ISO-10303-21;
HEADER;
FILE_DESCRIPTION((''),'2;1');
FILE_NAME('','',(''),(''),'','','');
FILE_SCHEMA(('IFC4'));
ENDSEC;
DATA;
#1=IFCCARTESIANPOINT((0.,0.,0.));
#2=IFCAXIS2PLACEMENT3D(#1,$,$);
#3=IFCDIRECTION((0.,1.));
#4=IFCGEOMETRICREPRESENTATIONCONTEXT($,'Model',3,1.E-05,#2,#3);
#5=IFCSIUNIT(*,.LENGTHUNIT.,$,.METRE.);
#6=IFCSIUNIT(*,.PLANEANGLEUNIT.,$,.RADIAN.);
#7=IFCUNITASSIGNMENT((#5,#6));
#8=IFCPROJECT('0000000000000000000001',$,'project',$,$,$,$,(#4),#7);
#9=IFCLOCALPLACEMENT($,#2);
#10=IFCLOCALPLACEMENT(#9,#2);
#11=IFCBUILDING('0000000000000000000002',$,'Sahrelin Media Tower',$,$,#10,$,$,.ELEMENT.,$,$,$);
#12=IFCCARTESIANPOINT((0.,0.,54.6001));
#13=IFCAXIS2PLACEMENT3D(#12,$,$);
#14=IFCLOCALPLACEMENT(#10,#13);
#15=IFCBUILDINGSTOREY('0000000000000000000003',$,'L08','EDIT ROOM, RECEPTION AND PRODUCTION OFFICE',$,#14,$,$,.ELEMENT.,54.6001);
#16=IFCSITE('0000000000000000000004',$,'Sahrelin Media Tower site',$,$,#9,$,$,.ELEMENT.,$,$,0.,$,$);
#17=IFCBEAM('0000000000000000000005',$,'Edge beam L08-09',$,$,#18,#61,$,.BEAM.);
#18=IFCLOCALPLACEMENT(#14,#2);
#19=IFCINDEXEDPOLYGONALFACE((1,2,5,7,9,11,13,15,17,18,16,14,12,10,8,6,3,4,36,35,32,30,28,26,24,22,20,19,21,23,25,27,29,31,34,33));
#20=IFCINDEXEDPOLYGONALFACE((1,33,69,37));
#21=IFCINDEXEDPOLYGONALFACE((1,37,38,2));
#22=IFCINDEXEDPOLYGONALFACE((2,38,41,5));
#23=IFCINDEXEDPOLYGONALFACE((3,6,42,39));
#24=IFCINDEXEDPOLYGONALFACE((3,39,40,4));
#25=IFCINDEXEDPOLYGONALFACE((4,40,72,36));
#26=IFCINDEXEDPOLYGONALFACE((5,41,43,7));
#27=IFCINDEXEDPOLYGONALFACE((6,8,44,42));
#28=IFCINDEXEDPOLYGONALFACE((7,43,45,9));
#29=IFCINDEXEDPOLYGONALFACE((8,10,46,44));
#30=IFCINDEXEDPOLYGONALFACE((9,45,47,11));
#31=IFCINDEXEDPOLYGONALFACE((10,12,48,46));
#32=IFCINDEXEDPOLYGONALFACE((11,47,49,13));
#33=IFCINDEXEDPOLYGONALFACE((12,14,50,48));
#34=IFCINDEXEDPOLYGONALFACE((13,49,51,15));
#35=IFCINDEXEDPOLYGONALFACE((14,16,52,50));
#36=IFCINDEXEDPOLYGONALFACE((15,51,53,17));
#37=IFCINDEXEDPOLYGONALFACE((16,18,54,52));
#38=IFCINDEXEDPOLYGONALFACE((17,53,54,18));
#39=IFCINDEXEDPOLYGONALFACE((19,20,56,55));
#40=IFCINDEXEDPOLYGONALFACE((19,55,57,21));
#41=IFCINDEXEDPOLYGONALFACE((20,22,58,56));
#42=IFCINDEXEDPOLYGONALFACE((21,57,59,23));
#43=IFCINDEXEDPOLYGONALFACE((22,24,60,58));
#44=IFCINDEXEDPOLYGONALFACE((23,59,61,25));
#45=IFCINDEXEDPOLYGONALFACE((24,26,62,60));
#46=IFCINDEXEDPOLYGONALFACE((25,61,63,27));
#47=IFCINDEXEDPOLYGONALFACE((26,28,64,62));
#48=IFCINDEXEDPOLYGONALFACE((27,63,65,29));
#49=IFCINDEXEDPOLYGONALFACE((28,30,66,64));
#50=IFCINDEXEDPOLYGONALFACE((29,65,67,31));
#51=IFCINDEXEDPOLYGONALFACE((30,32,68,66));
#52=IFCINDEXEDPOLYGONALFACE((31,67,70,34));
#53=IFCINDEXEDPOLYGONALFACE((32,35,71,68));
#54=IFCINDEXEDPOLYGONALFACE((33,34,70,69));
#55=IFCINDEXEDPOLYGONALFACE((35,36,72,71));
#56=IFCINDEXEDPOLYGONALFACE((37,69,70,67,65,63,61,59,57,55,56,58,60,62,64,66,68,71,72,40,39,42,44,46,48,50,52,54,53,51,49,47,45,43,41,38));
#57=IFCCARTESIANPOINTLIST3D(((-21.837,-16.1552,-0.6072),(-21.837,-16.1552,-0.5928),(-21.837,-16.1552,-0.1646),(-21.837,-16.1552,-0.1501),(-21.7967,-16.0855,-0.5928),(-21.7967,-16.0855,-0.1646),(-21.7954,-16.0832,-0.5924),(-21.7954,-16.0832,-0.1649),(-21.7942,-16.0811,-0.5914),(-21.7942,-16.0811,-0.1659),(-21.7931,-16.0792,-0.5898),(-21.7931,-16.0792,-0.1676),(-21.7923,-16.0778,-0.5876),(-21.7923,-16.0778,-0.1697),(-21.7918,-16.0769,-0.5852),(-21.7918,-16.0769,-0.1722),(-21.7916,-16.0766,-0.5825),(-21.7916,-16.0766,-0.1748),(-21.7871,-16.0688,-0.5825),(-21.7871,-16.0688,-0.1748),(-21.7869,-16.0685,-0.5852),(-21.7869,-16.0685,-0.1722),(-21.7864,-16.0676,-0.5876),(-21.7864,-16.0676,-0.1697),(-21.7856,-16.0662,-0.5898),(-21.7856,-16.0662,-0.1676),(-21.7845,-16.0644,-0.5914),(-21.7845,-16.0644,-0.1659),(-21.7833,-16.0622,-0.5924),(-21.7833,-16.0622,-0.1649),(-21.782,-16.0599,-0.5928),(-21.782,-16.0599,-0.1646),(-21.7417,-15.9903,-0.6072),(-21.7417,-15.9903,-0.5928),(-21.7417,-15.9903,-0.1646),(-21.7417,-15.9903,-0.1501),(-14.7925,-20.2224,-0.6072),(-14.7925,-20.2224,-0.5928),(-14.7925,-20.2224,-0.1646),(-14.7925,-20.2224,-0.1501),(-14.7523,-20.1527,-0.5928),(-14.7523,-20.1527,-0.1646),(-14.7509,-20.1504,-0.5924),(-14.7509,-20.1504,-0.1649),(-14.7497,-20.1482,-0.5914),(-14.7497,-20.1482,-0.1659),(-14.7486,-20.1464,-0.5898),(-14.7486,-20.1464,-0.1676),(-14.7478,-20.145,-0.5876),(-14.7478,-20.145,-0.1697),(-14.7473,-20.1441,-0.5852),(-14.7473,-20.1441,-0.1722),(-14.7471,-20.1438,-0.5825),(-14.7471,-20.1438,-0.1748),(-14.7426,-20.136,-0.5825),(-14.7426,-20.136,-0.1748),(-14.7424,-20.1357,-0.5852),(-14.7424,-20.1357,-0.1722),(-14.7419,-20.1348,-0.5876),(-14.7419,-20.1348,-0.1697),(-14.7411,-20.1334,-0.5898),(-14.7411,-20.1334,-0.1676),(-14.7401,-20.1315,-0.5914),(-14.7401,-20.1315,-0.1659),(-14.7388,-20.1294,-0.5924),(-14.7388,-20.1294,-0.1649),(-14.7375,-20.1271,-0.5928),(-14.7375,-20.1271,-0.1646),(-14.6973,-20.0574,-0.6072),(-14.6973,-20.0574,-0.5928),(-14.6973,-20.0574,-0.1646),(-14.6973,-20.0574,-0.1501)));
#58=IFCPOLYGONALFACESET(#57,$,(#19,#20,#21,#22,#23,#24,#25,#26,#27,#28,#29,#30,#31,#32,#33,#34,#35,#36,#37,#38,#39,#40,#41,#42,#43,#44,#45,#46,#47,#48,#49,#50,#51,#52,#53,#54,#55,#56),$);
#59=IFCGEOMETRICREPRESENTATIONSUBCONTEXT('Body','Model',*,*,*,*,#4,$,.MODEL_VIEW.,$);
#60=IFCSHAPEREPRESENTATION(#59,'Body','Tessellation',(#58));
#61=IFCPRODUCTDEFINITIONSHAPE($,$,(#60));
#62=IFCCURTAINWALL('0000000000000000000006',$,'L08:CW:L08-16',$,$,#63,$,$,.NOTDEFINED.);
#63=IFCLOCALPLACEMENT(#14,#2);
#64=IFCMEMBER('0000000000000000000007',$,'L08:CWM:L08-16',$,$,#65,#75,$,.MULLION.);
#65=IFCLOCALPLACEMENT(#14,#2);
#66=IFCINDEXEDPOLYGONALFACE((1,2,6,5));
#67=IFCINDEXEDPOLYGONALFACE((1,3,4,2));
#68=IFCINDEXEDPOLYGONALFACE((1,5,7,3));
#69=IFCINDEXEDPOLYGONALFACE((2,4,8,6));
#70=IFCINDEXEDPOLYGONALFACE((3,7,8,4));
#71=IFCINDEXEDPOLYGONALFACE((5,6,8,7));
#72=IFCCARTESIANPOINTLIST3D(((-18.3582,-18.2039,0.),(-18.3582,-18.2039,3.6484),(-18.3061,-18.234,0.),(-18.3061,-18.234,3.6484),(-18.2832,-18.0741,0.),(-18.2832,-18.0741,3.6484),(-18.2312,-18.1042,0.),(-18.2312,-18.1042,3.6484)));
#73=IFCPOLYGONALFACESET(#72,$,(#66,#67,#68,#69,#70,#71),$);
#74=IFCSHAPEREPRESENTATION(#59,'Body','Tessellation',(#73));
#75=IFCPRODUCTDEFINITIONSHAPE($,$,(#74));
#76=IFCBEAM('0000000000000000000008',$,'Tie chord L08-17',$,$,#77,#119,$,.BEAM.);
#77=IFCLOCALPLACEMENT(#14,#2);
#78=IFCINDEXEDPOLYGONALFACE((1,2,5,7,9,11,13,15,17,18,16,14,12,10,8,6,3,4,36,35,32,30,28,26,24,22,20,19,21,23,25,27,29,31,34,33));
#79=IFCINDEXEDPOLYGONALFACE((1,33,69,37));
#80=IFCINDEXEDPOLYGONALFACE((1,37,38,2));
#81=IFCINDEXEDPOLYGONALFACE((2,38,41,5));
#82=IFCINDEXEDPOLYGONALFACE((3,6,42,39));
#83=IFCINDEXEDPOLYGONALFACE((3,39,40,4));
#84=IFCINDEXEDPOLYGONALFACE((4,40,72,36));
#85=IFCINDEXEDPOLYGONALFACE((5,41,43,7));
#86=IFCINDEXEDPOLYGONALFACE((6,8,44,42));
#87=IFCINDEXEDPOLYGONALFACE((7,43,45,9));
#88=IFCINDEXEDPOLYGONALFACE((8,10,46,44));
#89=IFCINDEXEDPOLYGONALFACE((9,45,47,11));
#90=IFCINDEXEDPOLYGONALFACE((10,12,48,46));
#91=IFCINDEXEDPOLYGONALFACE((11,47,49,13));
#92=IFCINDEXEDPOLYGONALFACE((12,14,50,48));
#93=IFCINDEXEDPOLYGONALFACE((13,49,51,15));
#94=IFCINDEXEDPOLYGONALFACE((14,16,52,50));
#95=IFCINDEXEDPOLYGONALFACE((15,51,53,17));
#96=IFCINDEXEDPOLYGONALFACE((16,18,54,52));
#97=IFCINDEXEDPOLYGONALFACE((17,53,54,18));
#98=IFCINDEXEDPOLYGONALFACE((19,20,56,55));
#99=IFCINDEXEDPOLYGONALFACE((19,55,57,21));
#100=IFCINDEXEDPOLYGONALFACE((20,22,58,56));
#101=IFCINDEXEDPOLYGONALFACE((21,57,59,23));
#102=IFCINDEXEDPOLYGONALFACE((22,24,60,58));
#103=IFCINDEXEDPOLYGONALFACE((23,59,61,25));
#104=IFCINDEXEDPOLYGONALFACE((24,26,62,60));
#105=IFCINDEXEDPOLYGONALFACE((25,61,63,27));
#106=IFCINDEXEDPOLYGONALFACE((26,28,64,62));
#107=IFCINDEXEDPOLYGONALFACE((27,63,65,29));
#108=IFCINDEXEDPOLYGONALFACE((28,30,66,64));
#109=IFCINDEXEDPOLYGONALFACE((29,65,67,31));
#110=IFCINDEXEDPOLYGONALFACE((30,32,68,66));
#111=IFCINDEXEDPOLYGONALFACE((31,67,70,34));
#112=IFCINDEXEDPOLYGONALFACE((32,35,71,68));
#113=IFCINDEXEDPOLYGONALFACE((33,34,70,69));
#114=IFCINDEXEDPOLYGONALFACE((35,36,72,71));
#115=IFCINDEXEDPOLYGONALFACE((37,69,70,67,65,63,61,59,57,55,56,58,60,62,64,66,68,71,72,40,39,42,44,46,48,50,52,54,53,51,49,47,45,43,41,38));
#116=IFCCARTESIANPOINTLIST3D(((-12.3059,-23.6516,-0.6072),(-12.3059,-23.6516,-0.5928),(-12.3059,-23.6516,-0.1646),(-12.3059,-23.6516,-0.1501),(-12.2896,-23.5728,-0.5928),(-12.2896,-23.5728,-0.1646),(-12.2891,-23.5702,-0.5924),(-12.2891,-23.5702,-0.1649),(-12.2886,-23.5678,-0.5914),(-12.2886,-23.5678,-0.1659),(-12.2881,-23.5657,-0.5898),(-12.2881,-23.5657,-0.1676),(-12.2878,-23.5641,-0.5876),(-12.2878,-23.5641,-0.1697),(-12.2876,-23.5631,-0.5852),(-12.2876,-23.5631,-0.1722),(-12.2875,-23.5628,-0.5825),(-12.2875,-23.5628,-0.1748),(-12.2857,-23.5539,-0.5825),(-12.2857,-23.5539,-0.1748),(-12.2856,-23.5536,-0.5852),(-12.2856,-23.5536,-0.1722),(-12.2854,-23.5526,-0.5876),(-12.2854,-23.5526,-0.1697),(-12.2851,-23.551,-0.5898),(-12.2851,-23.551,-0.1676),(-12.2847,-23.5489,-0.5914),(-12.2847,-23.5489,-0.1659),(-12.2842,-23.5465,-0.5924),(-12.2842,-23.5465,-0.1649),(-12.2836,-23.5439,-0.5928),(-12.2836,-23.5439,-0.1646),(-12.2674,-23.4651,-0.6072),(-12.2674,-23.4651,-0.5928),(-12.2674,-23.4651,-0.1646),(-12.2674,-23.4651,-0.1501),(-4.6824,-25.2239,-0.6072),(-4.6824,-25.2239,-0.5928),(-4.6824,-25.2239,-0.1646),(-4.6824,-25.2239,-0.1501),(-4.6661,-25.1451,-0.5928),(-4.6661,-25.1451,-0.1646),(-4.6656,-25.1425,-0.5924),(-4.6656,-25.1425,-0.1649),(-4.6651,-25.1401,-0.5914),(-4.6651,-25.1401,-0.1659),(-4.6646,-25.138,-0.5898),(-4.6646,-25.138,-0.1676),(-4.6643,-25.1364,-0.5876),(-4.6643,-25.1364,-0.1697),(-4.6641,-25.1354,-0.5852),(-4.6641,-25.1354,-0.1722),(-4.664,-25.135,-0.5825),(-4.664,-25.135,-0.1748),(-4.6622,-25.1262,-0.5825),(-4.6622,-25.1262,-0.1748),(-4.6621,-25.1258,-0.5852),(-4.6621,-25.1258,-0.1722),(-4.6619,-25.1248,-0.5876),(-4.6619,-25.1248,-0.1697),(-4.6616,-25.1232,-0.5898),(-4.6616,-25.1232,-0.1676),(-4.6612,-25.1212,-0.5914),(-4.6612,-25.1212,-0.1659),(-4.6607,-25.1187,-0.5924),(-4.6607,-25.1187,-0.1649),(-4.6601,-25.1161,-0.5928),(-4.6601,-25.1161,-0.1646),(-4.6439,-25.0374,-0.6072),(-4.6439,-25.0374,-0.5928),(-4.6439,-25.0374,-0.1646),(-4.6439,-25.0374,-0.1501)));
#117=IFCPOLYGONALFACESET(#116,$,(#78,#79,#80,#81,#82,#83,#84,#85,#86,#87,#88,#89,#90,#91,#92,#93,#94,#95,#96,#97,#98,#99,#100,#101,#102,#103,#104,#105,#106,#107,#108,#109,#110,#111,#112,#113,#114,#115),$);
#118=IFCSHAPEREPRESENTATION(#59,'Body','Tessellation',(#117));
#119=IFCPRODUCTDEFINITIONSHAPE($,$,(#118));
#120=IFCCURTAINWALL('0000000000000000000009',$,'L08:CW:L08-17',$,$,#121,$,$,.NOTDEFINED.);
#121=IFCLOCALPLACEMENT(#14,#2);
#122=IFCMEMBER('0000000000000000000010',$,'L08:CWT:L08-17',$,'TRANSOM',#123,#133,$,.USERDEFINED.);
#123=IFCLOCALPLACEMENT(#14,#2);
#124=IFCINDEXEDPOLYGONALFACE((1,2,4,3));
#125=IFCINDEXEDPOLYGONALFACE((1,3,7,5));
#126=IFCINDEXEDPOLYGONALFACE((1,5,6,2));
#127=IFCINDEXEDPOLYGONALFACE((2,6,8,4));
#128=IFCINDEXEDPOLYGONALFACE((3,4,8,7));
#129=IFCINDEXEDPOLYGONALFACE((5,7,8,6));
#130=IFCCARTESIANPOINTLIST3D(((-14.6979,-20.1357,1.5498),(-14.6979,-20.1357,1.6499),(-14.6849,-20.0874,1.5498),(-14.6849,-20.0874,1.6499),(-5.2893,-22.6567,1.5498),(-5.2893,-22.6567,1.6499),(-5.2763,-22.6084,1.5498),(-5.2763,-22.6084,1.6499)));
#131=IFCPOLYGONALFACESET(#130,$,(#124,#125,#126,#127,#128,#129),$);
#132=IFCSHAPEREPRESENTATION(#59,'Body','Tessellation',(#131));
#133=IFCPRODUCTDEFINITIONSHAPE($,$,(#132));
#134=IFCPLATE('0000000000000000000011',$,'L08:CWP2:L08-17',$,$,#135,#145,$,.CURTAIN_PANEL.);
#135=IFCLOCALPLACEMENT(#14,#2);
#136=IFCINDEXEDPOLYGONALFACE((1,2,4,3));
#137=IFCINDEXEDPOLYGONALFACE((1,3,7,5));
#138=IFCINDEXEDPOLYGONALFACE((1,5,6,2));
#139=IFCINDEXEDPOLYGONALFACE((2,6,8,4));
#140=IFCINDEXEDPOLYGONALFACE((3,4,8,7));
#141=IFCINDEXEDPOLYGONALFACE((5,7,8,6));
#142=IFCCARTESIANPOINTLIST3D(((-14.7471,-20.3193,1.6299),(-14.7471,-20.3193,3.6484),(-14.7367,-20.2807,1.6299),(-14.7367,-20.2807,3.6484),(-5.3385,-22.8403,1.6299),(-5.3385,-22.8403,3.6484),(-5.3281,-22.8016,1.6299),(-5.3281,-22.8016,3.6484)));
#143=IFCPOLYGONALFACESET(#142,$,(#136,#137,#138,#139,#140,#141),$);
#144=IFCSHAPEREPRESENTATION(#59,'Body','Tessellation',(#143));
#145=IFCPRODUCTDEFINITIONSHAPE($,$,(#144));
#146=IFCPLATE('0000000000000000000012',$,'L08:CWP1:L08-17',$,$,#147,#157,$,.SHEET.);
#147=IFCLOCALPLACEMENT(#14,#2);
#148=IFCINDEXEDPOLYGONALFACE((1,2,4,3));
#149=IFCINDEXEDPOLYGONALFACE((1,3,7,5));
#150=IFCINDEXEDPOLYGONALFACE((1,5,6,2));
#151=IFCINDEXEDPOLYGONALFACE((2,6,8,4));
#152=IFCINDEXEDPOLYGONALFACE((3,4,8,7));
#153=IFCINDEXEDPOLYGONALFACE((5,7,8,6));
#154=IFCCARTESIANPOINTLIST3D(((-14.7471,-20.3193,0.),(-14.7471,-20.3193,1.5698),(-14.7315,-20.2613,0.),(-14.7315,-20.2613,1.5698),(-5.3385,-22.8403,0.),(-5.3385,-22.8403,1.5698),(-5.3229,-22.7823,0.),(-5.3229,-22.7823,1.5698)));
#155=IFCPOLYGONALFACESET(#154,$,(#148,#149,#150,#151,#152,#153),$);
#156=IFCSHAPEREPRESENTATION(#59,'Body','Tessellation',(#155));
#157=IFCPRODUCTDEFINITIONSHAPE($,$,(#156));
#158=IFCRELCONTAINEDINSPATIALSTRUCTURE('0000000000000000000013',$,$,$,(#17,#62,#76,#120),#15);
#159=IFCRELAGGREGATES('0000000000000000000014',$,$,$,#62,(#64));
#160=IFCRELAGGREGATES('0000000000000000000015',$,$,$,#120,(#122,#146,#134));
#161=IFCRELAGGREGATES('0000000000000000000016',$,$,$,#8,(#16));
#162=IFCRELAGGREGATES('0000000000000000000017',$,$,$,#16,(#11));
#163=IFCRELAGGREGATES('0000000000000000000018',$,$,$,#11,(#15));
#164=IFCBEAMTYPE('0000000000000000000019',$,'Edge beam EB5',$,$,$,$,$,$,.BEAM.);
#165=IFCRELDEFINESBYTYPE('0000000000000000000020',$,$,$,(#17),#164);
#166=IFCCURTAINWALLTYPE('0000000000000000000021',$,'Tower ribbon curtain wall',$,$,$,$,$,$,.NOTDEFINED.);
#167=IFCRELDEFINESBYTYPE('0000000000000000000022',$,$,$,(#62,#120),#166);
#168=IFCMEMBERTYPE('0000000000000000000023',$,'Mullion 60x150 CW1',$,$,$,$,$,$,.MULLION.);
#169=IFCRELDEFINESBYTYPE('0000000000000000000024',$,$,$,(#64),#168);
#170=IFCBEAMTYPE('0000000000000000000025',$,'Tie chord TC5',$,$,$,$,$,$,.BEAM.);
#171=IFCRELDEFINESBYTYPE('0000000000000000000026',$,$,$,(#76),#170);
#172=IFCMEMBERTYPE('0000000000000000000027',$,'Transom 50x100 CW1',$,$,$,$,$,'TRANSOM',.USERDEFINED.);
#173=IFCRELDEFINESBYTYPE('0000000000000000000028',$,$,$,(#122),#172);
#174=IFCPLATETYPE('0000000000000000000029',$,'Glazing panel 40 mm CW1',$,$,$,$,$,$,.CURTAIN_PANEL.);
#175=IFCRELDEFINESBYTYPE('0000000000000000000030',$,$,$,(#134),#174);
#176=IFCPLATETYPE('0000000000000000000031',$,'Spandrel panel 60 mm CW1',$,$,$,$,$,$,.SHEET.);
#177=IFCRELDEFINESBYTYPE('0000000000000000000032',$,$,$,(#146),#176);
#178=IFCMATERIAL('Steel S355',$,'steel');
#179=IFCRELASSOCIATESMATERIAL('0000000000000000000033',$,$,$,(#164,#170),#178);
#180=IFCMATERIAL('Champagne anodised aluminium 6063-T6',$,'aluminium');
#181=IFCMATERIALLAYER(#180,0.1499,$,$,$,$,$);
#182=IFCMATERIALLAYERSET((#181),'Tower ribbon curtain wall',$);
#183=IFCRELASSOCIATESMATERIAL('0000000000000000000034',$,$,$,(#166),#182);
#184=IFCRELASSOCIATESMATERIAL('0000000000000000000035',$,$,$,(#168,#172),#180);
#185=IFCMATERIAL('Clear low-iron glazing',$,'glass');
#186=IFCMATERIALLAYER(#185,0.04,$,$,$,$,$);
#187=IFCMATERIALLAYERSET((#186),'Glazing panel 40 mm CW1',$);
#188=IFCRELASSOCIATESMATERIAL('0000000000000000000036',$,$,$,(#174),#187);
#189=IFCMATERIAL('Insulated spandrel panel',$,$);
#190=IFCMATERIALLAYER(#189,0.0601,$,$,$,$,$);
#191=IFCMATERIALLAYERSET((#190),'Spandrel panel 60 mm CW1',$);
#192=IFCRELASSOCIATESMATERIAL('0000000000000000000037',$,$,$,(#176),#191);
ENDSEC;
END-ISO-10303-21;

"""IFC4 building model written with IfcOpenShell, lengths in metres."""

from ifc_helpers import new_model, si_unit, direction, frame, origin, origin_2d, place, context, subcontext, project, spatial, polyline, rectangle, i_section, outline, extrude, material, layer, layer_set, material_profile, profile_set, type_object, element, aggregate, save


model = new_model("IFC4")

# Units and contexts
model_context = context("Model", 3, precision=1e-05, world=origin(), true_north=direction((0.0, 1.0)))
body_context = subcontext(model_context, "Body", "Model", "MODEL_VIEW")
ifc_project = project(units=[si_unit("LENGTHUNIT", "METRE"), si_unit("PLANEANGLEUNIT", "RADIAN")], contexts=[model_context])

# Site, building, storey
site_placement = place(None, origin())
site = spatial("IfcSite", under=ifc_project, at=site_placement, Name="Sahrelin Media Tower site", CompositionType="ELEMENT", RefElevation=0.0)
building_placement = place(site_placement, origin())
building = spatial("IfcBuilding", under=site, at=building_placement, Name="Sahrelin Media Tower", CompositionType="ELEMENT")
storey_placement = place(building_placement, frame((0.0, 0.0, 54.6001)))
storey = spatial("IfcBuildingStorey", under=building, at=storey_placement, Name="L08", Description="EDIT ROOM, RECEPTION AND PRODUCTION OFFICE", CompositionType="ELEMENT", Elevation=54.6001)

# Beam
ifc_material_1 = material(Name="Steel S355", Category="steel")
ifc_material_profile_1 = material_profile(ifc_material_1, i_section(OverallWidth=0.1904, OverallDepth=0.457, WebThickness=0.009, FlangeThickness=0.0144, FilletRadius=0.0103, at=origin_2d()), Name="UB 457x191x74")
ifc_profile_set_1 = profile_set([ifc_material_profile_1], Name="Steel S355")
beam_type_1 = type_object("IfcBeamType", Name="Edge beam EB5", PredefinedType="BEAM", material=ifc_profile_set_1)
beam_1_placement = place(storey_placement, frame((-14.7449, -20.1399, -0.3787), z_axis=(-0.866024, 0.500003, 0.0), x_axis=(-0.500003, -0.866024, 0.0)))
element("IfcBeam", 1, at=beam_1_placement, inside=storey, type_object=beam_type_1, Name="Edge beam L08-09", PredefinedType="BEAM", context=body_context, shape_type="SweptSolid", body=[
    extrude(i_section(OverallWidth=0.1904, OverallDepth=0.457, WebThickness=0.009, FlangeThickness=0.0144, FilletRadius=0.0103, at=origin_2d()), origin(), (0.0, 0.0, 1.0), 8.1343),
])

# Curtain wall, member
ifc_material_2 = material(Name="Champagne anodised aluminium 6063-T6", Category="aluminium")
ifc_layer_1 = layer(ifc_material_2, 0.1499)
ifc_layer_set_1 = layer_set([ifc_layer_1], Name="Tower ribbon curtain wall")
curtain_wall_type = type_object("IfcCurtainWallType", Name="Tower ribbon curtain wall", PredefinedType="NOTDEFINED", material=ifc_layer_set_1)
curtain_wall_1_placement = place(storey_placement, frame((-18.342, -18.2363, 0.0), z_axis=(0.0, 0.0, 1.0), x_axis=(1.0, 0.0, 0.0)))
curtain_wall_1 = element("IfcCurtainWall", 2, at=curtain_wall_1_placement, inside=storey, type_object=curtain_wall_type, Name="L08:CW:L08-16", PredefinedType="NOTDEFINED")
ifc_material_profile_2 = material_profile(ifc_material_2, rectangle(XDim=0.0601, YDim=0.1499, at=origin_2d()), Name="Mullion 60x150")
ifc_profile_set_2 = profile_set([ifc_material_profile_2], Name="Champagne anodised aluminium 6063-T6")
member_type_1 = type_object("IfcMemberType", Name="Mullion 60x150 CW1", PredefinedType="MULLION", material=ifc_profile_set_2)
member_1_placement = place(storey_placement, frame((-18.2947, -18.1541, 0.0), z_axis=(0.0, 0.0, 1.0), x_axis=(0.866027, -0.499997, 0.0)))
member_1 = element("IfcMember", 3, at=member_1_placement, type_object=member_type_1, Name="L08:CWM:L08-16", PredefinedType="MULLION", context=body_context, shape_type="SweptSolid", body=[
    extrude(rectangle(XDim=0.0601, YDim=0.1499, at=origin_2d()), origin(), (0.0, 0.0, 1.0), 3.6484),
])
aggregate(curtain_wall_1, [member_1])

# Beam
ifc_material_profile_3 = material_profile(ifc_material_1, i_section(OverallWidth=0.1904, OverallDepth=0.457, WebThickness=0.009, FlangeThickness=0.0144, FilletRadius=0.0103, at=origin_2d()), Name="UB 457x191x74")
ifc_profile_set_3 = profile_set([ifc_material_profile_3], Name="Steel S355")
beam_type_2 = type_object("IfcBeamType", Name="Tie chord TC5", PredefinedType="BEAM", material=ifc_profile_set_3)
beam_2_placement = place(storey_placement, frame((-12.2866, -23.5583, -0.3787), z_axis=(0.979388, -0.201987, 0.0), x_axis=(0.201987, 0.979388, 0.0)))
element("IfcBeam", 4, at=beam_2_placement, inside=storey, type_object=beam_type_2, Name="Tie chord L08-17", PredefinedType="BEAM", context=body_context, shape_type="SweptSolid", body=[
    extrude(i_section(OverallWidth=0.1904, OverallDepth=0.457, WebThickness=0.009, FlangeThickness=0.0144, FilletRadius=0.0103, at=origin_2d()), origin(), (0.0, 0.0, 1.0), 7.7839),
])

# Curtain wall, member, plates
curtain_wall_2_placement = place(storey_placement, frame((-10.0376, -21.5603, 0.0), z_axis=(0.0, 0.0, 1.0), x_axis=(1.0, 0.0, 0.0)))
curtain_wall_2 = element("IfcCurtainWall", 5, at=curtain_wall_2_placement, inside=storey, type_object=curtain_wall_type, Name="L08:CW:L08-17", PredefinedType="NOTDEFINED")
ifc_material_profile_4 = material_profile(ifc_material_2, rectangle(XDim=0.05, YDim=0.1001, at=origin_2d()), Name="Transom 50x100")
ifc_profile_set_4 = profile_set([ifc_material_profile_4], Name="Champagne anodised aluminium 6063-T6")
member_type_2 = type_object("IfcMemberType", Name="Transom 50x100 CW1", ElementType="TRANSOM", PredefinedType="USERDEFINED", material=ifc_profile_set_4)
member_2_placement = place(storey_placement, frame((-14.6914, -20.1116, 1.5999), z_axis=(0.965927, -0.258814, 0.0), x_axis=(0.258814, 0.965927, 0.0)))
member_2 = element("IfcMember", 6, at=member_2_placement, type_object=member_type_2, Name="L08:CWT:L08-17", ObjectType="TRANSOM", PredefinedType="USERDEFINED", context=body_context, shape_type="SweptSolid", body=[
    extrude(rectangle(XDim=0.05, YDim=0.1001, at=origin_2d()), origin(), (0.0, 0.0, 1.0), 9.7405),
])
ifc_material_3 = material(Name="Clear low-iron glazing", Category="glass")
ifc_layer_2 = layer(ifc_material_3, 0.04)
ifc_layer_set_2 = layer_set([ifc_layer_2], Name="Glazing panel 40 mm CW1")
plate_type_1 = type_object("IfcPlateType", Name="Glazing panel 40 mm CW1", PredefinedType="CURTAIN_PANEL", material=ifc_layer_set_2)
plate_1_placement = place(storey_placement, frame((-14.7471, -20.3193, 1.6299), z_axis=(-0.258814, -0.965927, 0.0), x_axis=(0.965927, -0.258814, 0.0)))
plate_1 = element("IfcPlate", 7, at=plate_1_placement, type_object=plate_type_1, Name="L08:CWP2:L08-17", PredefinedType="CURTAIN_PANEL", context=body_context, shape_type="SweptSolid", body=[
    extrude(outline(polyline([(0.0, 0.0), (9.7405, 0.0), (9.7405, 2.0186), (0.0, 2.0186), (0.0, 0.0)])), origin(), (0.0, 0.0, -1.0), 0.04),
])
ifc_material_4 = material(Name="Insulated spandrel panel")
ifc_layer_3 = layer(ifc_material_4, 0.0601)
ifc_layer_set_3 = layer_set([ifc_layer_3], Name="Spandrel panel 60 mm CW1")
plate_type_2 = type_object("IfcPlateType", Name="Spandrel panel 60 mm CW1", PredefinedType="SHEET", material=ifc_layer_set_3)
plate_2_placement = place(storey_placement, frame((-14.7471, -20.3193, 0.0), z_axis=(-0.258814, -0.965927, 0.0), x_axis=(0.965927, -0.258814, 0.0)))
plate_2 = element("IfcPlate", 8, at=plate_2_placement, type_object=plate_type_2, Name="L08:CWP1:L08-17", PredefinedType="SHEET", context=body_context, shape_type="SweptSolid", body=[
    extrude(outline(polyline([(0.0, 0.0), (9.7405, 0.0), (9.7405, 1.5698), (0.0, 1.5698), (0.0, 0.0)])), origin(), (0.0, 0.0, -1.0), 0.0601),
])
aggregate(curtain_wall_2, [member_2, plate_2, plate_1])

save(model, "model.ifc")
